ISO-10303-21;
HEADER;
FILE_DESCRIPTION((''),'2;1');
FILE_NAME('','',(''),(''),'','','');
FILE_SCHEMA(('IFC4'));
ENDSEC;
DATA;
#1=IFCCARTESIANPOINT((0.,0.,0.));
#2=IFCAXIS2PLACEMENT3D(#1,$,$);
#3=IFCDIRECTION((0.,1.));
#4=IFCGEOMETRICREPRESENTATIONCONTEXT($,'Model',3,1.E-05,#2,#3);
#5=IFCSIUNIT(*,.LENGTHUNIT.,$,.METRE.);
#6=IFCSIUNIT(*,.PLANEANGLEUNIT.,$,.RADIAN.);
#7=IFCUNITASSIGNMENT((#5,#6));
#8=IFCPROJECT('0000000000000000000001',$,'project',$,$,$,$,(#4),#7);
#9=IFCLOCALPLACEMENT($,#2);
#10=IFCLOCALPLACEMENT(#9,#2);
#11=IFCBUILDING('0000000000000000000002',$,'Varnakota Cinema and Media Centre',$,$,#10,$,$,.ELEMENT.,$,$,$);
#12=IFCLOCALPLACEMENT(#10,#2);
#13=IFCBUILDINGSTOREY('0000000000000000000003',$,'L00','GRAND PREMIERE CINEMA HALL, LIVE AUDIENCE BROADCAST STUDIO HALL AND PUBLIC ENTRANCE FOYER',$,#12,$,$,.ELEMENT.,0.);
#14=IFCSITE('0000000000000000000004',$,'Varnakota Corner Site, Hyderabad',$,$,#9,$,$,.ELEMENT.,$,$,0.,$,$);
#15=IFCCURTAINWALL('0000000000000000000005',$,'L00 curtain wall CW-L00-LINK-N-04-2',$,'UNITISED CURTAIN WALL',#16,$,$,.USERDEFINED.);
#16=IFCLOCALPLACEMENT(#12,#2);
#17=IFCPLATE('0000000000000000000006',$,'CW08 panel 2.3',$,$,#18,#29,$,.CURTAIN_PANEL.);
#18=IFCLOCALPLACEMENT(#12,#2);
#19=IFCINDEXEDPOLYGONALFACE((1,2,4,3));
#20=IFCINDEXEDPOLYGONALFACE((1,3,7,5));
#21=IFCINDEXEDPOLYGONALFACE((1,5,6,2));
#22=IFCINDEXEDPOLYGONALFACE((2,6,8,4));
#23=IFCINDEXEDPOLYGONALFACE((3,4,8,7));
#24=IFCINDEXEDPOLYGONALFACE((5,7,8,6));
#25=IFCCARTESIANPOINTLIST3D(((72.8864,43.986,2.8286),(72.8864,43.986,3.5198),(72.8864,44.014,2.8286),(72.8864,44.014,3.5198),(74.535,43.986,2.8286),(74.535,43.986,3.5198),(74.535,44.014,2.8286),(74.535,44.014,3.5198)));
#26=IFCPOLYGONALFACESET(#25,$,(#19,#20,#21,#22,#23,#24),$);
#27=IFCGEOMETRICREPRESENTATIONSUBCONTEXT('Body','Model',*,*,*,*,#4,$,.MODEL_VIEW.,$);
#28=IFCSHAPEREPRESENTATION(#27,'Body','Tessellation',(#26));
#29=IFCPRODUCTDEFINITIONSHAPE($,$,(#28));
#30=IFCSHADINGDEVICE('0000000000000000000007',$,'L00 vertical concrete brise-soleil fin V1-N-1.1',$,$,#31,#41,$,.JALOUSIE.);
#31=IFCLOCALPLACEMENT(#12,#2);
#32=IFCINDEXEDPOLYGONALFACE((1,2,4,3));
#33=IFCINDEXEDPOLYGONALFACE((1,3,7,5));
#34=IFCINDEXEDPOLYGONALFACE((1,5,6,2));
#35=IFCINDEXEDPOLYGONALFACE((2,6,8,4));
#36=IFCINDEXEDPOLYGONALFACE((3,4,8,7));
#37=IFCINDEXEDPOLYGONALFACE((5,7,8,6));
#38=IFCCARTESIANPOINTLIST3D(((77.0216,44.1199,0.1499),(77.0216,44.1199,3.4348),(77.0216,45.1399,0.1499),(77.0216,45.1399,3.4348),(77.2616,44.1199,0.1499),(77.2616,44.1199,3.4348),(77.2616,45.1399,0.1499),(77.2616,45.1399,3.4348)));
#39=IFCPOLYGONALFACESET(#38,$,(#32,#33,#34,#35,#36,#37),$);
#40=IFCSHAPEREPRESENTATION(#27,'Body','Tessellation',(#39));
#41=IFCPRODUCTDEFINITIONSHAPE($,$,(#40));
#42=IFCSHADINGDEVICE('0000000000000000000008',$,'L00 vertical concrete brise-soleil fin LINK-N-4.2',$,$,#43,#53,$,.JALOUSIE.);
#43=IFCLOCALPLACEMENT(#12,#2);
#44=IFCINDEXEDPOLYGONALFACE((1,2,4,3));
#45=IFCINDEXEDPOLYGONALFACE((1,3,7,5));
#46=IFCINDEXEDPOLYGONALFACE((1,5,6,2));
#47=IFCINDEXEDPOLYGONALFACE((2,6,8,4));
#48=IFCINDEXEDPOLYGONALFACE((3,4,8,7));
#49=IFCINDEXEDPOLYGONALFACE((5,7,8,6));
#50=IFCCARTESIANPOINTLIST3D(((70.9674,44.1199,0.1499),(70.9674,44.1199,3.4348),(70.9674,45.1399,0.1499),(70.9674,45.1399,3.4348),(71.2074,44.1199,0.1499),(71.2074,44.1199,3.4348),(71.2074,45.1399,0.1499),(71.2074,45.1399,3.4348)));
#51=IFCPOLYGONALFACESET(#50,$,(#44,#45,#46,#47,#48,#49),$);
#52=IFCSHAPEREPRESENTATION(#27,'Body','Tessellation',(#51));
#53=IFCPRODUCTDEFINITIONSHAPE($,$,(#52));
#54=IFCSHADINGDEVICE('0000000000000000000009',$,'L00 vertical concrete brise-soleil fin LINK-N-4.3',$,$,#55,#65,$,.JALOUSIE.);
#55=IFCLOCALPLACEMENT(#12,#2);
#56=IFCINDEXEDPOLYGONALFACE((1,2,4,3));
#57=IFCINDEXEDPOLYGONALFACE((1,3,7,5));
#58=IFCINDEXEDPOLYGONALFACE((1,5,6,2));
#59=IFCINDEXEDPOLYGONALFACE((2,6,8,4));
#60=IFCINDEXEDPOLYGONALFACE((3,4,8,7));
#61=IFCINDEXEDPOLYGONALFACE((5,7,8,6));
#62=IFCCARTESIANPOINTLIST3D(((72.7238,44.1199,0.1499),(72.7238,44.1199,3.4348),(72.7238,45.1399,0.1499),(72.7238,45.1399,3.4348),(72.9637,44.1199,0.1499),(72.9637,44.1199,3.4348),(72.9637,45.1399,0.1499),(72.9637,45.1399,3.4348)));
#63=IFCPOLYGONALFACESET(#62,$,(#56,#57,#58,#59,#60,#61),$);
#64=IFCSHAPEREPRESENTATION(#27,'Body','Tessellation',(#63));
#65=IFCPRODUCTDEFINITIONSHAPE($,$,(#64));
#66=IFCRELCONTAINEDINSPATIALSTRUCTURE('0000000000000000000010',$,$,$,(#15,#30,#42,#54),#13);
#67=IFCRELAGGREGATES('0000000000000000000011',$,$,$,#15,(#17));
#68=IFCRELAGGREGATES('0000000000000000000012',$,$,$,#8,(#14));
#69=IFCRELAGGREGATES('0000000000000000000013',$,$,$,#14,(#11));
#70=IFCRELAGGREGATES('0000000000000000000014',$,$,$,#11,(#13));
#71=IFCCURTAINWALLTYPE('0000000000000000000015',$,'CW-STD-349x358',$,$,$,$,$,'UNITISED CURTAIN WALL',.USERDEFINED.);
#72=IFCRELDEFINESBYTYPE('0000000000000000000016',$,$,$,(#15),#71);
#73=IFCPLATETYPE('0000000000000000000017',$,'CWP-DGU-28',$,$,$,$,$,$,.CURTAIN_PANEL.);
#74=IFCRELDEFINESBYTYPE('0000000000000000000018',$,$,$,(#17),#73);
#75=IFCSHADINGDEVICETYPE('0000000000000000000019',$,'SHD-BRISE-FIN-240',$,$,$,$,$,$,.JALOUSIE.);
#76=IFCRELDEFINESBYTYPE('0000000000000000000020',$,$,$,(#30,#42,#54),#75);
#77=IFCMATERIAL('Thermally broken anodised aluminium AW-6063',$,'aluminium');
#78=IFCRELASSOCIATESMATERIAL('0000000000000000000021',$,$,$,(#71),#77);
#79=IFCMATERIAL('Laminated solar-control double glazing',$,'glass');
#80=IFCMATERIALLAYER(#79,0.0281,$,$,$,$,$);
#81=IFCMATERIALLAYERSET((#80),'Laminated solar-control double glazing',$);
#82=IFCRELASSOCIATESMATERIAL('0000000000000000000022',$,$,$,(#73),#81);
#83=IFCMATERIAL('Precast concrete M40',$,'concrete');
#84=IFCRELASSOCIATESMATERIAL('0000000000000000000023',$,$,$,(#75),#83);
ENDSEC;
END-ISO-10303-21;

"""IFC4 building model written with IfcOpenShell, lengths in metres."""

from ifc_helpers import new_model, si_unit, direction, frame, origin, origin_2d, place, context, subcontext, project, spatial, rectangle, extrude, material, layer, layer_set, type_object, element, aggregate, save


model = new_model("IFC4")

# Units and contexts
model_context = context("Model", 3, precision=1e-05, world=origin(), true_north=direction((0.0, 1.0)))
body_context = subcontext(model_context, "Body", "Model", "MODEL_VIEW")
ifc_project = project(units=[si_unit("LENGTHUNIT", "METRE"), si_unit("PLANEANGLEUNIT", "RADIAN")], contexts=[model_context])

# Site, building, storey
site_placement = place(None, origin())
site = spatial("IfcSite", under=ifc_project, at=site_placement, Name="Varnakota Corner Site, Hyderabad", CompositionType="ELEMENT", RefElevation=0.0)
building_placement = place(site_placement, origin())
building = spatial("IfcBuilding", under=site, at=building_placement, Name="Varnakota Cinema and Media Centre", CompositionType="ELEMENT")
storey_placement = place(building_placement, origin())
storey = spatial("IfcBuildingStorey", under=building, at=storey_placement, Name="L00", Description="GRAND PREMIERE CINEMA HALL, LIVE AUDIENCE BROADCAST STUDIO HALL AND PUBLIC ENTRANCE FOYER", CompositionType="ELEMENT", Elevation=0.0)

# Curtain wall
ifc_material_1 = material(Name="Thermally broken anodised aluminium AW-6063", Category="aluminium")
curtain_wall_type_1 = type_object("IfcCurtainWallType", Name="CW-STD-349x358", ElementType="UNITISED CURTAIN WALL", PredefinedType="USERDEFINED", material=ifc_material_1)
curtain_wall_1_placement = place(storey_placement, origin())
curtain_wall_1 = element("IfcCurtainWall", 1, at=curtain_wall_1_placement, inside=storey, type_object=curtain_wall_type_1, Name="L00 curtain wall CW-L00-LINK-N-04-2", ObjectType="UNITISED CURTAIN WALL", PredefinedType="USERDEFINED")

# Plate
ifc_material_2 = material(Name="Laminated solar-control double glazing", Category="glass")
ifc_layer = layer(ifc_material_2, 0.0281)
ifc_layer_set = layer_set([ifc_layer], Name="Laminated solar-control double glazing")
plate_type = type_object("IfcPlateType", Name="CWP-DGU-28", PredefinedType="CURTAIN_PANEL", material=ifc_layer_set)
plate_1_placement = place(storey_placement, frame((73.7107, 44.0, 2.8286), z_axis=(0.0, 0.0, 1.0), x_axis=(1.0, 0.0, 0.0)))
plate_1 = element("IfcPlate", 2, at=plate_1_placement, type_object=plate_type, Name="CW08 panel 2.3", PredefinedType="CURTAIN_PANEL", context=body_context, shape_type="SweptSolid", body=[
    extrude(rectangle(XDim=1.6487, YDim=0.0281, at=origin_2d()), origin(), (0.0, 0.0, 1.0), 0.6912),
])
aggregate(curtain_wall_1, [plate_1])

# Shading devices
ifc_material_3 = material(Name="Precast concrete M40", Category="concrete")
shading_device_type = type_object("IfcShadingDeviceType", Name="SHD-BRISE-FIN-240", PredefinedType="JALOUSIE", material=ifc_material_3)
for number, where, z_axis, x_axis, name in (
    (3, (77.1416, 44.6299, 0.1499), (0.0, 0.0, 1.0), (1.0, 0.0, 0.0), "L00 vertical concrete brise-soleil fin V1-N-1.1"),
    (4, (71.0874, 44.6299, 0.1499), (0.0, 0.0, 1.0), (1.0, 0.0, 0.0), "L00 vertical concrete brise-soleil fin LINK-N-4.2"),
    (5, (72.8438, 44.6299, 0.1499), (0.0, 0.0, 1.0), (1.0, 0.0, 0.0), "L00 vertical concrete brise-soleil fin LINK-N-4.3"),
):
    element("IfcShadingDevice", number, at=place(storey_placement, frame(where, z_axis=z_axis, x_axis=x_axis)), inside=storey, type_object=shading_device_type, Name=name, PredefinedType="JALOUSIE", context=body_context, shape_type="SweptSolid", body=[
        extrude(rectangle(XDim=0.24, YDim=1.02, at=origin_2d()), origin(), (0.0, 0.0, 1.0), 3.2849),
    ])

save(model, "model.ifc")
